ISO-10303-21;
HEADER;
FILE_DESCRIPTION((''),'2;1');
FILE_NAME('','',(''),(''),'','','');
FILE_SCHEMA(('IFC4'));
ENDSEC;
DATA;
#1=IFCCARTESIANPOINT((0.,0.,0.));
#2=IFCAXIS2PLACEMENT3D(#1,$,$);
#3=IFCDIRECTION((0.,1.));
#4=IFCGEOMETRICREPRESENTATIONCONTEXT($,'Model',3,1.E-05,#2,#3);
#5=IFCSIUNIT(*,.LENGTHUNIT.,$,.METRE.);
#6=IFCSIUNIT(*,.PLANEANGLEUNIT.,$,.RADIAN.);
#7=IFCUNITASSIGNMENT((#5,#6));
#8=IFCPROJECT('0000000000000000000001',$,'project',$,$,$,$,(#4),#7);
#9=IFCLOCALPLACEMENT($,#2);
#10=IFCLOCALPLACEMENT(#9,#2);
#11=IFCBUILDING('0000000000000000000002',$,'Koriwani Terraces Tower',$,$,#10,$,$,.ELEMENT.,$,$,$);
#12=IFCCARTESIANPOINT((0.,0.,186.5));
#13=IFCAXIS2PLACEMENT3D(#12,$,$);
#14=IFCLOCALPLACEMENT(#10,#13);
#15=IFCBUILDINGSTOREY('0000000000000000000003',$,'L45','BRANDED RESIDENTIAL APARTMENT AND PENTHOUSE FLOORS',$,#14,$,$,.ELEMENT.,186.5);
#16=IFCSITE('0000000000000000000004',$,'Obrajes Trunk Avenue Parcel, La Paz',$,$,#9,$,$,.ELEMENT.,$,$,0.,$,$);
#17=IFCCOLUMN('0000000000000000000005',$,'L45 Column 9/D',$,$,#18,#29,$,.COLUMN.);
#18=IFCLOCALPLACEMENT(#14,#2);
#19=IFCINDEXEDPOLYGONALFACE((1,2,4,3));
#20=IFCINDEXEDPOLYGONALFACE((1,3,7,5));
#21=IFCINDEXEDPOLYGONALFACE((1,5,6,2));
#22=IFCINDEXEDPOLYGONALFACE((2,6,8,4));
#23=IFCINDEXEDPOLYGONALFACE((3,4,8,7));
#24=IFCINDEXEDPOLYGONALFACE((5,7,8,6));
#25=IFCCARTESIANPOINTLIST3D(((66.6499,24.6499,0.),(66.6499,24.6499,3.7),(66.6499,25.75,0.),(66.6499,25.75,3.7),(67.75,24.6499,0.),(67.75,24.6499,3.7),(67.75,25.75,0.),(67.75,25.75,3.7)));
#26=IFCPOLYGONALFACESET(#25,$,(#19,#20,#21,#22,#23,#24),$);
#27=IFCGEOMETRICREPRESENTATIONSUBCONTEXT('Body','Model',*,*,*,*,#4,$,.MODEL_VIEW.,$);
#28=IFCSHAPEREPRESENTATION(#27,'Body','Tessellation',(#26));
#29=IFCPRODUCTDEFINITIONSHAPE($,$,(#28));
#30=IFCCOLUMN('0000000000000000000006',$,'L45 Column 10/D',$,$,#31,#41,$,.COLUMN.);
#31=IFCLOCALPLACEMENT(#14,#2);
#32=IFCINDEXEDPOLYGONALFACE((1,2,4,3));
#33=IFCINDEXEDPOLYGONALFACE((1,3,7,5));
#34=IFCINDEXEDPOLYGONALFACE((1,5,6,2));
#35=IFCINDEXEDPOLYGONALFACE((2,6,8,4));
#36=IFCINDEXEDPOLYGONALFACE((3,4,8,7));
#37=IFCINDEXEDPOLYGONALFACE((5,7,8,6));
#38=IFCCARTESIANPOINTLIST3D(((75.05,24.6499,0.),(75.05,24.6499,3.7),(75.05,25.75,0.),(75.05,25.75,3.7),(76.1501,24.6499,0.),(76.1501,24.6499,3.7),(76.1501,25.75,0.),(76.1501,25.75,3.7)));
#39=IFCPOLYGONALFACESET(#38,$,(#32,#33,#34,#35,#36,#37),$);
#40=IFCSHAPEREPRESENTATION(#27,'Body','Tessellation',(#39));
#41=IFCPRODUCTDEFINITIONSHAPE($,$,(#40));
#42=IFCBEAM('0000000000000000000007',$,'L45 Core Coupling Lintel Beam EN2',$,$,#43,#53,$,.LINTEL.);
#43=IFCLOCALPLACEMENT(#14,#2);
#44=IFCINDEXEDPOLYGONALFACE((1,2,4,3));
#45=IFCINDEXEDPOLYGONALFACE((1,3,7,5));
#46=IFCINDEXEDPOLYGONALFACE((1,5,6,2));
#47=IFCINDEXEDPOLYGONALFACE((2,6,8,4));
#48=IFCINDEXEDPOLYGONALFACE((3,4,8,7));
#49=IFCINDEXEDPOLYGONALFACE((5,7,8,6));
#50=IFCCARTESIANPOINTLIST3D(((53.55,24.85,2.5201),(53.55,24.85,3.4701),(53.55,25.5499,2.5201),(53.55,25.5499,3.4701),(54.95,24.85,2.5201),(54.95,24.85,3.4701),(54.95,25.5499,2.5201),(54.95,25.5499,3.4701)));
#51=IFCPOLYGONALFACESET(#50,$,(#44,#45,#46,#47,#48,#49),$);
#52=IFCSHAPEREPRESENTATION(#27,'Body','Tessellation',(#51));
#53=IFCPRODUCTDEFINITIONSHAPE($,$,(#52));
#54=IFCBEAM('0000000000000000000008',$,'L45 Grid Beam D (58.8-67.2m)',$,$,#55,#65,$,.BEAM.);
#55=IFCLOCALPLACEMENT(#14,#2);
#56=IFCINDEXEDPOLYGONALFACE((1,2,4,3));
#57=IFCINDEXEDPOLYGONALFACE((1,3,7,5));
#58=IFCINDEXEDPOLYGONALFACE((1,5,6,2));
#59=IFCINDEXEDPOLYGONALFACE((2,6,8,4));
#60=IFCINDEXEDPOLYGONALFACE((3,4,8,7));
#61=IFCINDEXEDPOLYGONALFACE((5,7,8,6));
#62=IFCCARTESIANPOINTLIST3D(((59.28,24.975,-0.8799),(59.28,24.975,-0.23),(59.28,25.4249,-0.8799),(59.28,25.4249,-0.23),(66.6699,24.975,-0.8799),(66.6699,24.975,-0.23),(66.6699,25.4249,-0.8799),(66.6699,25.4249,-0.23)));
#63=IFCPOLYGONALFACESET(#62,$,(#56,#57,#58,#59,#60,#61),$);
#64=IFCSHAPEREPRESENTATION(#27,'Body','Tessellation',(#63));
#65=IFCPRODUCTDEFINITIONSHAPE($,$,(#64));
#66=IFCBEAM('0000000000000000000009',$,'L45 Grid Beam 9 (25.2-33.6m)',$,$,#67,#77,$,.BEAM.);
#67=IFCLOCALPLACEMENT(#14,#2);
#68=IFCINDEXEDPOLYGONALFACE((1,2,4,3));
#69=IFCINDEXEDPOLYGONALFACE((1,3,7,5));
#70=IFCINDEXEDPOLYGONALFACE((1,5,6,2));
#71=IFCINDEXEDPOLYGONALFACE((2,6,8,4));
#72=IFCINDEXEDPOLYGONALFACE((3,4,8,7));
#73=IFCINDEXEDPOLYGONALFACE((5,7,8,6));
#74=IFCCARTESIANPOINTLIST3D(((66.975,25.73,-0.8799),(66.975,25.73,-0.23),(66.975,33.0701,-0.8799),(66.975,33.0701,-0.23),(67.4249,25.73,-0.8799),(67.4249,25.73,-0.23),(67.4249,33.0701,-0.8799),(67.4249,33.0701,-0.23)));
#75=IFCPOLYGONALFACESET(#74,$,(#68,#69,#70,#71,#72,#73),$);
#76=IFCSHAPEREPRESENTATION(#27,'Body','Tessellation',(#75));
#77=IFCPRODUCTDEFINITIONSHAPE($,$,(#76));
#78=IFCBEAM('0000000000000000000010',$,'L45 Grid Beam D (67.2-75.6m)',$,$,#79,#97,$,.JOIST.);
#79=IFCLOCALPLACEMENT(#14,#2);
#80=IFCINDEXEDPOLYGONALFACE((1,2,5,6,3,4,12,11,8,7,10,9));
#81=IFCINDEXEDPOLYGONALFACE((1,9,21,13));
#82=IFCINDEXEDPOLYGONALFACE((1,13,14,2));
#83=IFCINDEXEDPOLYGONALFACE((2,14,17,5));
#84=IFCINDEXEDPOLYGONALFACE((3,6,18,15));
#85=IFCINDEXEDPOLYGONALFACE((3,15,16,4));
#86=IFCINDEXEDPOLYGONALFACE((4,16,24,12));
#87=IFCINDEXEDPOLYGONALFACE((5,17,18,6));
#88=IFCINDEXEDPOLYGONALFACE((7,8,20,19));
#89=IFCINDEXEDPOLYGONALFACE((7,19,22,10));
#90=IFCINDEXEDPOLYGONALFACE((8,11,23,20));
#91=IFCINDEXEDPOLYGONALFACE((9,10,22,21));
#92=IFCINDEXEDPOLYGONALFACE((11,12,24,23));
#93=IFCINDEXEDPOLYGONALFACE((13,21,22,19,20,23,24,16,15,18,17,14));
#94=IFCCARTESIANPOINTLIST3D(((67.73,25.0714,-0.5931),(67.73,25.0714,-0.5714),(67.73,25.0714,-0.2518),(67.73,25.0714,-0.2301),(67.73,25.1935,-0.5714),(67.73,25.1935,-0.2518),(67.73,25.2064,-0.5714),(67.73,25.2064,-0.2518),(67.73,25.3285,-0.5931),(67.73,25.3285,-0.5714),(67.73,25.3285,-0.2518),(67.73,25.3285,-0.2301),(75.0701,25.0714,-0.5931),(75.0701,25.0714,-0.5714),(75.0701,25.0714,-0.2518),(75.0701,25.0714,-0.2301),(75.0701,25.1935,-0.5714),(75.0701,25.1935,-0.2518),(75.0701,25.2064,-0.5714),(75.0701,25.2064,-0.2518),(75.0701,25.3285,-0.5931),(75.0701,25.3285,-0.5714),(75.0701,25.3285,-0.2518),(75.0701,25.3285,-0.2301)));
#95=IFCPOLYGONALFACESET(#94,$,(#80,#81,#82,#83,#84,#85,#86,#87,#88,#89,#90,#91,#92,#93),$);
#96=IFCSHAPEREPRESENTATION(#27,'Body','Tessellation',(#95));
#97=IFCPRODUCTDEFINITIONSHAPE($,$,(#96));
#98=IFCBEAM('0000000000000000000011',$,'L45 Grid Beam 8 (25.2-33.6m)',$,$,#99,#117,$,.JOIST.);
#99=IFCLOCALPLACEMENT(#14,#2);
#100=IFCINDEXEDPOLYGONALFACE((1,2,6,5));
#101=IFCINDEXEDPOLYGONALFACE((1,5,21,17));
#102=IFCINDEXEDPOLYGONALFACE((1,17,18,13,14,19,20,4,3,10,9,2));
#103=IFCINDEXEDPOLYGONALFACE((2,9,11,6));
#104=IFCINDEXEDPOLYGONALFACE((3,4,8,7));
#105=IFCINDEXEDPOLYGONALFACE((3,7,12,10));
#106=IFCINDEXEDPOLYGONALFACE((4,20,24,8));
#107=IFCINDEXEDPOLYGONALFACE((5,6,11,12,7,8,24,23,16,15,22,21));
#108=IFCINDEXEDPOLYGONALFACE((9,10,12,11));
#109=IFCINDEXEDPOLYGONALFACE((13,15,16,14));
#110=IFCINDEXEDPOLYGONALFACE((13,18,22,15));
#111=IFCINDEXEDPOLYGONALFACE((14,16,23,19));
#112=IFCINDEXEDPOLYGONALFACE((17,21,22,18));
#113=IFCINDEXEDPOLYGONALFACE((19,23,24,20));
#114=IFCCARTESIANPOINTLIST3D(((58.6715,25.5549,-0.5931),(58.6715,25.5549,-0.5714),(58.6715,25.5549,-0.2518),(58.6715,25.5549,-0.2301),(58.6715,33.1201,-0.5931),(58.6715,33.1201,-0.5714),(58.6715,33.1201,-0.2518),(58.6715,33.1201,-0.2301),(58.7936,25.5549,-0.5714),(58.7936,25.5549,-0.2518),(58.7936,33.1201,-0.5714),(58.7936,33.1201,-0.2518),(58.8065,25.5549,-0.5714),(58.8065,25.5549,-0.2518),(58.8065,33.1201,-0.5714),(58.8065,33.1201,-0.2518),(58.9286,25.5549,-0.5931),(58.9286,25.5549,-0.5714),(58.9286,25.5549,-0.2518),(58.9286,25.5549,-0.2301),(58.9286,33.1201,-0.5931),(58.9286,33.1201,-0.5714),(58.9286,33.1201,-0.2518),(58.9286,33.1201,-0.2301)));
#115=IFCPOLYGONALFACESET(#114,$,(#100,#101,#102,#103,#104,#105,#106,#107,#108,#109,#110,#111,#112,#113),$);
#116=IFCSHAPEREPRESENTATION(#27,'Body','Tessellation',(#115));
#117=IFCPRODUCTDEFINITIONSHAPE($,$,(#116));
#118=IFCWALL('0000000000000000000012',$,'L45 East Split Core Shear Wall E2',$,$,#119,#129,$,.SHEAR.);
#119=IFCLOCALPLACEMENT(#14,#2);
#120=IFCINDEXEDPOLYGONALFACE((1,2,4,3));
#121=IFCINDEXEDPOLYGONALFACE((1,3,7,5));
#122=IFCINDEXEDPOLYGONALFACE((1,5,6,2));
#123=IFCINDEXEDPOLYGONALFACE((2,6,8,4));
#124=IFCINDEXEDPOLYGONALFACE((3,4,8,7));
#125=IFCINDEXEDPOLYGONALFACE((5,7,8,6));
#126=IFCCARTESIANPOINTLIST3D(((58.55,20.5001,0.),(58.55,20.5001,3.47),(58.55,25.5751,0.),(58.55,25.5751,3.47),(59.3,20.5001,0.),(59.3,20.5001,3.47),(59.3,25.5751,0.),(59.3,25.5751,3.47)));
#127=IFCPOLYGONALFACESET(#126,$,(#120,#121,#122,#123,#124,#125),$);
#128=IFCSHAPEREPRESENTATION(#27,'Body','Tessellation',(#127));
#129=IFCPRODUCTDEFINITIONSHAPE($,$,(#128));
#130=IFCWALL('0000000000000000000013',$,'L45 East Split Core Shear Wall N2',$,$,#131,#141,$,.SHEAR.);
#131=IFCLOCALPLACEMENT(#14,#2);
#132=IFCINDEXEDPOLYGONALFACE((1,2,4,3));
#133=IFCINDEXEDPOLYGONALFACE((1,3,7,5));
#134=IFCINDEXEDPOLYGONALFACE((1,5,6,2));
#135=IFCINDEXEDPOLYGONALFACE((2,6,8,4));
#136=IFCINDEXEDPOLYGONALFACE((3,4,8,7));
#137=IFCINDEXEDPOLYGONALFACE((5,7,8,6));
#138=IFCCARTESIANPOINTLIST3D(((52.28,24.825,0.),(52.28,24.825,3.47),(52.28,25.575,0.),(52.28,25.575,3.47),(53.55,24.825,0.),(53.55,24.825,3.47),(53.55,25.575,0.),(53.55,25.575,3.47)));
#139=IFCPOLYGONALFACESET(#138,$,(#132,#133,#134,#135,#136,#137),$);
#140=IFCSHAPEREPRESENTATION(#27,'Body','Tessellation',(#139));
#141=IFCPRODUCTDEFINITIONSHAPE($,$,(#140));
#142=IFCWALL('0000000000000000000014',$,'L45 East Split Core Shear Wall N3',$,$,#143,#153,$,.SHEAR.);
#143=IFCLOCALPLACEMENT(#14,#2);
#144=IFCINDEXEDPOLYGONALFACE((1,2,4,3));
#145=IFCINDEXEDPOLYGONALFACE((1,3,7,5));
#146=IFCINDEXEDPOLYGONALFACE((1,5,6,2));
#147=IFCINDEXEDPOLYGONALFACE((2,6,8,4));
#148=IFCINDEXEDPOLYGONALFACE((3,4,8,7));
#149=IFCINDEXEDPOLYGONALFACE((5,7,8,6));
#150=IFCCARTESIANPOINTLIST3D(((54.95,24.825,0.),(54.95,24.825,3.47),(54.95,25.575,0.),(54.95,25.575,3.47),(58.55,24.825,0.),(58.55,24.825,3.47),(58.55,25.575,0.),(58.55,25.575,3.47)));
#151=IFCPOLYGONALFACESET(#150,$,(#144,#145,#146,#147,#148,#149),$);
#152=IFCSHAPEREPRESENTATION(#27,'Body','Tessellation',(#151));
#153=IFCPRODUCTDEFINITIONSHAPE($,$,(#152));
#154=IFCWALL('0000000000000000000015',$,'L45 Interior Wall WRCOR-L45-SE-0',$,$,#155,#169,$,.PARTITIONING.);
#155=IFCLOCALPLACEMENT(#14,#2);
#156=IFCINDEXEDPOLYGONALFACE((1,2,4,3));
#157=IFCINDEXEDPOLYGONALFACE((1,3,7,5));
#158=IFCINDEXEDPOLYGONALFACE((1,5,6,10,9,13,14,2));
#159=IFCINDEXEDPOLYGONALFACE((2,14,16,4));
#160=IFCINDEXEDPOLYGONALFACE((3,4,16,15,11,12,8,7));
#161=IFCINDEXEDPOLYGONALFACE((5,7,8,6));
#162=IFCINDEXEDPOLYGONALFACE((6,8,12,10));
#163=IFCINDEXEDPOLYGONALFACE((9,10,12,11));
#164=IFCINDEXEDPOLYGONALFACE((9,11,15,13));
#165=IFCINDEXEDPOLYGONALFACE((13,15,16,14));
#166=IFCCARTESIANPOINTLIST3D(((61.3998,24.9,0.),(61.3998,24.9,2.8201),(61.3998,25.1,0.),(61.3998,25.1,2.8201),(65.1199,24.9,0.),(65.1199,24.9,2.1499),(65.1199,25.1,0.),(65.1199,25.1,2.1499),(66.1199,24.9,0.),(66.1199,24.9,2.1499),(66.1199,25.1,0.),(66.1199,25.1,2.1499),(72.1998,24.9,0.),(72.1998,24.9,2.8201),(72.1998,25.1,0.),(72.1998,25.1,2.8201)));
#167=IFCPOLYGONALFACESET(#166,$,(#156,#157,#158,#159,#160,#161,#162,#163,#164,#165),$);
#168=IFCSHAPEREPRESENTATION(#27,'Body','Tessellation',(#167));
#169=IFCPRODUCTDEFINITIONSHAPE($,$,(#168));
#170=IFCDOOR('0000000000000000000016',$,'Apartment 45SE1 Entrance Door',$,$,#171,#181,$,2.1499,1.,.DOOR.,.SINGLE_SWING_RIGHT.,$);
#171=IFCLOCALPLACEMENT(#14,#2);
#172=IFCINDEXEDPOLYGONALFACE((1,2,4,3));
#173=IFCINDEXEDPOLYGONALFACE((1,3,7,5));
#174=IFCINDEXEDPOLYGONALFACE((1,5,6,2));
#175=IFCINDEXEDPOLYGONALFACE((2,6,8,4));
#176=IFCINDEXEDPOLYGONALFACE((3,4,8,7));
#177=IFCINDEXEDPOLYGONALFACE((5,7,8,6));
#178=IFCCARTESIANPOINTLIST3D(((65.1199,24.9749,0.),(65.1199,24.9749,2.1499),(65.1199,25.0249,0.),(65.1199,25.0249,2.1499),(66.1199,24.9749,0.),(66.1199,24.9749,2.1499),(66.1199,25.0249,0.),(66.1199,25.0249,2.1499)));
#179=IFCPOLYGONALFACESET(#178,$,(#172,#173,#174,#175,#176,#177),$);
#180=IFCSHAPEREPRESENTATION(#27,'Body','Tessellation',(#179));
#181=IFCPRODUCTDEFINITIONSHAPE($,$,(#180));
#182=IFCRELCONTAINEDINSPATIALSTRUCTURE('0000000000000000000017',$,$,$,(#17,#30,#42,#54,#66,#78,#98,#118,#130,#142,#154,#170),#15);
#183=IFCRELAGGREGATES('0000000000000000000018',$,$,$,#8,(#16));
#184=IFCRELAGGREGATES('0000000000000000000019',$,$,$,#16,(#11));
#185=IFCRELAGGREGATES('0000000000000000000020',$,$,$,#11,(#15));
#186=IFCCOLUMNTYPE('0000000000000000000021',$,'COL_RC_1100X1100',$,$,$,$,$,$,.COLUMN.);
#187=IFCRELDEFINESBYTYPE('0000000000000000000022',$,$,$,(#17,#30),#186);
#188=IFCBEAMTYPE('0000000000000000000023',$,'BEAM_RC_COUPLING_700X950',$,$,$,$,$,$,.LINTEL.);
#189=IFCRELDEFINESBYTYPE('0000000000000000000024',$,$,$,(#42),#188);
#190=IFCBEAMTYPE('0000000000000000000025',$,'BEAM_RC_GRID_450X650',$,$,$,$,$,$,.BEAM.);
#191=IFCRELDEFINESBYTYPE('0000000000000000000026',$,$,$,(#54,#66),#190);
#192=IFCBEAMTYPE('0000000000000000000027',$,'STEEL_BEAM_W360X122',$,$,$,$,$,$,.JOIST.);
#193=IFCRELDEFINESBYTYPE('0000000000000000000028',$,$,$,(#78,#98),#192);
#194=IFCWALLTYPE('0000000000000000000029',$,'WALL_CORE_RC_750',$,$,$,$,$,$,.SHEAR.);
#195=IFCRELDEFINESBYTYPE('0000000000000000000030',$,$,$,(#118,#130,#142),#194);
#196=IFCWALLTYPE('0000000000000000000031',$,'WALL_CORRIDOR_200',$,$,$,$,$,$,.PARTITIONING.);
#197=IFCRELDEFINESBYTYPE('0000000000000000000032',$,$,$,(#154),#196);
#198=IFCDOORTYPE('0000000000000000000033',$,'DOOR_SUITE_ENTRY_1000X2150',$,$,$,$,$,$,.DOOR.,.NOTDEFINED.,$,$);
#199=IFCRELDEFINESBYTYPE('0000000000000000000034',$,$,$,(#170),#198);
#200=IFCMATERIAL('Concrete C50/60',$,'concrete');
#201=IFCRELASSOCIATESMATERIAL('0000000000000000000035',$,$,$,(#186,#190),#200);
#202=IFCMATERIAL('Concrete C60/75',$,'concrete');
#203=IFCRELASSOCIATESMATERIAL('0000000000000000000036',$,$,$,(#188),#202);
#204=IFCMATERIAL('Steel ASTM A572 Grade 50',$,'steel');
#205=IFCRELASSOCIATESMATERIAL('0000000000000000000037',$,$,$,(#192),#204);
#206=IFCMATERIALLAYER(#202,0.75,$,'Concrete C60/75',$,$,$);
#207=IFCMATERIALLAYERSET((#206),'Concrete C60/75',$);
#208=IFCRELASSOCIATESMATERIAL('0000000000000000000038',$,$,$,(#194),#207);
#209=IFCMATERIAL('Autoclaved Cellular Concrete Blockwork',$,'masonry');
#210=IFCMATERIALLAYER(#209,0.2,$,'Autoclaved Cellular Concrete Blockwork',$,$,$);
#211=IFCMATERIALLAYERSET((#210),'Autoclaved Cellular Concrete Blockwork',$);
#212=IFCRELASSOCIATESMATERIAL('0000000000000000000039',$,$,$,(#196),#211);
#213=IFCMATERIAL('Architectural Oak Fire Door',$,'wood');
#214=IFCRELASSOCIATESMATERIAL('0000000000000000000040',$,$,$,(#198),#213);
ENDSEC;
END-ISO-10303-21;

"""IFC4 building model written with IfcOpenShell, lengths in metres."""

from ifc_helpers import new_model, si_unit, direction, frame, frame_2d, origin, origin_2d, place, context, subcontext, project, spatial, rectangle, i_section, extrude, material, layer, layer_set, material_profile, profile_set, type_object, element, fill, save


model = new_model("IFC4")

# Units and contexts
model_context = context("Model", 3, precision=1e-05, world=origin(), true_north=direction((0.0, 1.0)))
body_context = subcontext(model_context, "Body", "Model", "MODEL_VIEW")
ifc_project = project(units=[si_unit("LENGTHUNIT", "METRE"), si_unit("PLANEANGLEUNIT", "RADIAN")], contexts=[model_context])

# Site, building, storey
site_placement = place(None, origin())
site = spatial("IfcSite", under=ifc_project, at=site_placement, Name="Obrajes Trunk Avenue Parcel, La Paz", CompositionType="ELEMENT", RefElevation=0.0)
building_placement = place(site_placement, origin())
building = spatial("IfcBuilding", under=site, at=building_placement, Name="Koriwani Terraces Tower", CompositionType="ELEMENT")
storey_placement = place(building_placement, frame((0.0, 0.0, 186.5)))
storey = spatial("IfcBuildingStorey", under=building, at=storey_placement, Name="L45", Description="BRANDED RESIDENTIAL APARTMENT AND PENTHOUSE FLOORS", CompositionType="ELEMENT", Elevation=186.5)

# Columns
ifc_material_1 = material(Name="Concrete C50/60", Category="concrete")
ifc_material_profile_1 = material_profile(ifc_material_1, rectangle(XDim=1.1001, YDim=1.1001, at=origin_2d()), Name="Concrete C50/60", Category="LoadBearing")
ifc_profile_set_1 = profile_set([ifc_material_profile_1], Name="Concrete C50/60")
column_type = type_object("IfcColumnType", Name="COL_RC_1100X1100", PredefinedType="COLUMN", material=ifc_profile_set_1)
for number, where, z_axis, x_axis, name in (
    (1, (67.2, 25.2, 0.0), (0.0, 0.0, 1.0), (1.0, 0.0, 0.0), "L45 Column 9/D"),
    (2, (75.6001, 25.2, 0.0), (0.0, 0.0, 1.0), (1.0, 0.0, 0.0), "L45 Column 10/D"),
):
    element("IfcColumn", number, at=place(storey_placement, frame(where, z_axis=z_axis, x_axis=x_axis)), inside=storey, type_object=column_type, Name=name, PredefinedType="COLUMN", context=body_context, shape_type="SweptSolid", body=[
        extrude(rectangle(XDim=1.1001, YDim=1.1001, at=origin_2d()), origin(), (0.0, 0.0, 1.0), 3.7),
    ])

# Beams
ifc_material_2 = material(Name="Concrete C60/75", Category="concrete")
ifc_material_profile_2 = material_profile(ifc_material_2, rectangle(XDim=0.7, YDim=0.95, at=origin_2d()), Name="Concrete C60/75", Category="LoadBearing")
ifc_profile_set_2 = profile_set([ifc_material_profile_2], Name="Concrete C60/75")
beam_type_1 = type_object("IfcBeamType", Name="BEAM_RC_COUPLING_700X950", PredefinedType="LINTEL", material=ifc_profile_set_2)
beam_1_placement = place(storey_placement, frame((53.55, 25.2, 2.9951), z_axis=(1.0, 0.0, 0.0), x_axis=(0.0, 1.0, 0.0)))
element("IfcBeam", 3, at=beam_1_placement, inside=storey, type_object=beam_type_1, Name="L45 Core Coupling Lintel Beam EN2", PredefinedType="LINTEL", context=body_context, shape_type="SweptSolid", body=[
    extrude(rectangle(XDim=0.7, YDim=0.95, at=origin_2d()), origin(), (0.0, 0.0, 1.0), 1.3999),
])
ifc_material_profile_3 = material_profile(ifc_material_1, rectangle(XDim=0.45, YDim=0.6499, at=origin_2d()), Name="Concrete C50/60", Category="LoadBearing")
ifc_profile_set_3 = profile_set([ifc_material_profile_3], Name="Concrete C50/60")
beam_type_2 = type_object("IfcBeamType", Name="BEAM_RC_GRID_450X650", PredefinedType="BEAM", material=ifc_profile_set_3)
beam_2_placement = place(storey_placement, frame((59.28, 25.2, -0.5549), z_axis=(1.0, 0.0, 0.0), x_axis=(0.0, 1.0, 0.0)))
element("IfcBeam", 4, at=beam_2_placement, inside=storey, type_object=beam_type_2, Name="L45 Grid Beam D (58.8-67.2m)", PredefinedType="BEAM", context=body_context, shape_type="SweptSolid", body=[
    extrude(rectangle(XDim=0.45, YDim=0.6499, at=origin_2d()), origin(), (0.0, 0.0, 1.0), 7.3899),
])
beam_3_placement = place(storey_placement, frame((67.2, 25.73, -0.5549), z_axis=(0.0, 1.0, 0.0), x_axis=(-1.0, 0.0, 0.0)))
element("IfcBeam", 5, at=beam_3_placement, inside=storey, type_object=beam_type_2, Name="L45 Grid Beam 9 (25.2-33.6m)", PredefinedType="BEAM", context=body_context, shape_type="SweptSolid", body=[
    extrude(rectangle(XDim=0.45, YDim=0.6499, at=origin_2d()), origin(), (0.0, 0.0, 1.0), 7.3401),
])
ifc_material_3 = material(Name="Steel ASTM A572 Grade 50", Category="steel")
ifc_material_profile_4 = material_profile(ifc_material_3, i_section(OverallWidth=0.2571, OverallDepth=0.363, WebThickness=0.0129, FlangeThickness=0.0217, at=origin_2d()), Name="Steel ASTM A572 Grade 50", Category="LoadBearing")
ifc_profile_set_4 = profile_set([ifc_material_profile_4], Name="Steel ASTM A572 Grade 50")
beam_type_3 = type_object("IfcBeamType", Name="STEEL_BEAM_W360X122", PredefinedType="JOIST", material=ifc_profile_set_4)
beam_4_placement = place(storey_placement, frame((67.73, 25.2, -0.4116), z_axis=(1.0, 0.0, 0.0), x_axis=(0.0, 1.0, 0.0)))
element("IfcBeam", 6, at=beam_4_placement, inside=storey, type_object=beam_type_3, Name="L45 Grid Beam D (67.2-75.6m)", PredefinedType="JOIST", context=body_context, shape_type="SweptSolid", body=[
    extrude(i_section(OverallWidth=0.2571, OverallDepth=0.363, WebThickness=0.0129, FlangeThickness=0.0217, at=origin_2d()), origin(), (0.0, 0.0, 1.0), 7.3401),
])
beam_5_placement = place(storey_placement, frame((58.8, 25.5549, -0.4116), z_axis=(0.0, 1.0, 0.0), x_axis=(-1.0, 0.0, 0.0)))
element("IfcBeam", 7, at=beam_5_placement, inside=storey, type_object=beam_type_3, Name="L45 Grid Beam 8 (25.2-33.6m)", PredefinedType="JOIST", context=body_context, shape_type="SweptSolid", body=[
    extrude(i_section(OverallWidth=0.2571, OverallDepth=0.363, WebThickness=0.0129, FlangeThickness=0.0217, at=origin_2d()), origin(), (0.0, 0.0, 1.0), 7.5652),
])

# Walls
ifc_layer_1 = layer(ifc_material_2, 0.75, Name="Concrete C60/75")
ifc_layer_set_1 = layer_set([ifc_layer_1], Name="Concrete C60/75")
wall_type_1 = type_object("IfcWallType", Name="WALL_CORE_RC_750", PredefinedType="SHEAR", material=ifc_layer_set_1)
wall_1_placement = place(storey_placement, frame((58.925, 20.5, 0.0), z_axis=(0.0, 0.0, 1.0), x_axis=(0.0, 1.0, 0.0)))
element("IfcWall", 8, at=wall_1_placement, inside=storey, type_object=wall_type_1, Name="L45 East Split Core Shear Wall E2", PredefinedType="SHEAR", context=body_context, shape_type="SweptSolid", body=[
    extrude(rectangle(XDim=5.075, YDim=0.75, at=frame_2d((2.5376, 0.0))), origin(), (0.0, 0.0, 1.0), 3.47),
])
wall_2_placement = place(storey_placement, frame((52.28, 25.2, 0.0), z_axis=(0.0, 0.0, 1.0), x_axis=(1.0, 0.0, 0.0)))
element("IfcWall", 9, at=wall_2_placement, inside=storey, type_object=wall_type_1, Name="L45 East Split Core Shear Wall N2", PredefinedType="SHEAR", context=body_context, shape_type="SweptSolid", body=[
    extrude(rectangle(XDim=1.27, YDim=0.75, at=frame_2d((0.635, 0.0))), origin(), (0.0, 0.0, 1.0), 3.47),
])
wall_3_placement = place(storey_placement, frame((54.95, 25.2, 0.0), z_axis=(0.0, 0.0, 1.0), x_axis=(1.0, 0.0, 0.0)))
element("IfcWall", 10, at=wall_3_placement, inside=storey, type_object=wall_type_1, Name="L45 East Split Core Shear Wall N3", PredefinedType="SHEAR", context=body_context, shape_type="SweptSolid", body=[
    extrude(rectangle(XDim=3.6001, YDim=0.75, at=frame_2d((1.8, 0.0))), origin(), (0.0, 0.0, 1.0), 3.47),
])

# Wall, opening, door
ifc_material_4 = material(Name="Autoclaved Cellular Concrete Blockwork", Category="masonry")
ifc_layer_2 = layer(ifc_material_4, 0.2, Name="Autoclaved Cellular Concrete Blockwork")
ifc_layer_set_2 = layer_set([ifc_layer_2], Name="Autoclaved Cellular Concrete Blockwork")
wall_type_2 = type_object("IfcWallType", Name="WALL_CORRIDOR_200", PredefinedType="PARTITIONING", material=ifc_layer_set_2)
wall_4_placement = place(storey_placement, frame((61.3999, 25.0, 0.0), z_axis=(0.0, 0.0, 1.0), x_axis=(1.0, 0.0, 0.0)))
wall_4 = element("IfcWall", 11, at=wall_4_placement, inside=storey, type_object=wall_type_2, Name="L45 Interior Wall WRCOR-L45-SE-0", PredefinedType="PARTITIONING", context=body_context, shape_type="SweptSolid", body=[
    extrude(rectangle(XDim=10.8, YDim=0.2, at=frame_2d((5.3999, 0.0))), origin(), (0.0, 0.0, 1.0), 2.8201),
])
opening_1_placement = place(wall_4_placement, frame((3.72, 0.0, 0.0)))
opening_1 = element("IfcOpeningElement", 12, at=opening_1_placement, cuts=wall_4, PredefinedType="OPENING", context=body_context, shape_type="SweptSolid", body=[
    extrude(rectangle(XDim=1.0, YDim=2.1499, at=frame_2d((0.5, 1.075))), frame((0.0, 0.1099, 0.0), z_axis=(0.0, -1.0, 0.0), x_axis=(1.0, 0.0, 0.0)), (0.0, 0.0, 1.0), 0.22),
])
ifc_material_5 = material(Name="Architectural Oak Fire Door", Category="wood")
door_type_1 = type_object("IfcDoorType", Name="DOOR_SUITE_ENTRY_1000X2150", OperationType="NOTDEFINED", PredefinedType="DOOR", material=ifc_material_5)
door_1_placement = place(opening_1_placement, origin())
door_1 = element("IfcDoor", 13, at=door_1_placement, inside=storey, type_object=door_type_1, Name="Apartment 45SE1 Entrance Door", OperationType="SINGLE_SWING_RIGHT", OverallHeight=2.1499, OverallWidth=1.0, PredefinedType="DOOR", context=body_context, shape_type="SweptSolid", body=[
    extrude(rectangle(XDim=1.0, YDim=2.1499, at=frame_2d((0.5, 1.075))), frame((0.0, 0.0249, 0.0), z_axis=(0.0, -1.0, 0.0), x_axis=(1.0, 0.0, 0.0)), (0.0, 0.0, 1.0), 0.05),
])
fill(opening_1, door_1)

save(model, "model.ifc")
